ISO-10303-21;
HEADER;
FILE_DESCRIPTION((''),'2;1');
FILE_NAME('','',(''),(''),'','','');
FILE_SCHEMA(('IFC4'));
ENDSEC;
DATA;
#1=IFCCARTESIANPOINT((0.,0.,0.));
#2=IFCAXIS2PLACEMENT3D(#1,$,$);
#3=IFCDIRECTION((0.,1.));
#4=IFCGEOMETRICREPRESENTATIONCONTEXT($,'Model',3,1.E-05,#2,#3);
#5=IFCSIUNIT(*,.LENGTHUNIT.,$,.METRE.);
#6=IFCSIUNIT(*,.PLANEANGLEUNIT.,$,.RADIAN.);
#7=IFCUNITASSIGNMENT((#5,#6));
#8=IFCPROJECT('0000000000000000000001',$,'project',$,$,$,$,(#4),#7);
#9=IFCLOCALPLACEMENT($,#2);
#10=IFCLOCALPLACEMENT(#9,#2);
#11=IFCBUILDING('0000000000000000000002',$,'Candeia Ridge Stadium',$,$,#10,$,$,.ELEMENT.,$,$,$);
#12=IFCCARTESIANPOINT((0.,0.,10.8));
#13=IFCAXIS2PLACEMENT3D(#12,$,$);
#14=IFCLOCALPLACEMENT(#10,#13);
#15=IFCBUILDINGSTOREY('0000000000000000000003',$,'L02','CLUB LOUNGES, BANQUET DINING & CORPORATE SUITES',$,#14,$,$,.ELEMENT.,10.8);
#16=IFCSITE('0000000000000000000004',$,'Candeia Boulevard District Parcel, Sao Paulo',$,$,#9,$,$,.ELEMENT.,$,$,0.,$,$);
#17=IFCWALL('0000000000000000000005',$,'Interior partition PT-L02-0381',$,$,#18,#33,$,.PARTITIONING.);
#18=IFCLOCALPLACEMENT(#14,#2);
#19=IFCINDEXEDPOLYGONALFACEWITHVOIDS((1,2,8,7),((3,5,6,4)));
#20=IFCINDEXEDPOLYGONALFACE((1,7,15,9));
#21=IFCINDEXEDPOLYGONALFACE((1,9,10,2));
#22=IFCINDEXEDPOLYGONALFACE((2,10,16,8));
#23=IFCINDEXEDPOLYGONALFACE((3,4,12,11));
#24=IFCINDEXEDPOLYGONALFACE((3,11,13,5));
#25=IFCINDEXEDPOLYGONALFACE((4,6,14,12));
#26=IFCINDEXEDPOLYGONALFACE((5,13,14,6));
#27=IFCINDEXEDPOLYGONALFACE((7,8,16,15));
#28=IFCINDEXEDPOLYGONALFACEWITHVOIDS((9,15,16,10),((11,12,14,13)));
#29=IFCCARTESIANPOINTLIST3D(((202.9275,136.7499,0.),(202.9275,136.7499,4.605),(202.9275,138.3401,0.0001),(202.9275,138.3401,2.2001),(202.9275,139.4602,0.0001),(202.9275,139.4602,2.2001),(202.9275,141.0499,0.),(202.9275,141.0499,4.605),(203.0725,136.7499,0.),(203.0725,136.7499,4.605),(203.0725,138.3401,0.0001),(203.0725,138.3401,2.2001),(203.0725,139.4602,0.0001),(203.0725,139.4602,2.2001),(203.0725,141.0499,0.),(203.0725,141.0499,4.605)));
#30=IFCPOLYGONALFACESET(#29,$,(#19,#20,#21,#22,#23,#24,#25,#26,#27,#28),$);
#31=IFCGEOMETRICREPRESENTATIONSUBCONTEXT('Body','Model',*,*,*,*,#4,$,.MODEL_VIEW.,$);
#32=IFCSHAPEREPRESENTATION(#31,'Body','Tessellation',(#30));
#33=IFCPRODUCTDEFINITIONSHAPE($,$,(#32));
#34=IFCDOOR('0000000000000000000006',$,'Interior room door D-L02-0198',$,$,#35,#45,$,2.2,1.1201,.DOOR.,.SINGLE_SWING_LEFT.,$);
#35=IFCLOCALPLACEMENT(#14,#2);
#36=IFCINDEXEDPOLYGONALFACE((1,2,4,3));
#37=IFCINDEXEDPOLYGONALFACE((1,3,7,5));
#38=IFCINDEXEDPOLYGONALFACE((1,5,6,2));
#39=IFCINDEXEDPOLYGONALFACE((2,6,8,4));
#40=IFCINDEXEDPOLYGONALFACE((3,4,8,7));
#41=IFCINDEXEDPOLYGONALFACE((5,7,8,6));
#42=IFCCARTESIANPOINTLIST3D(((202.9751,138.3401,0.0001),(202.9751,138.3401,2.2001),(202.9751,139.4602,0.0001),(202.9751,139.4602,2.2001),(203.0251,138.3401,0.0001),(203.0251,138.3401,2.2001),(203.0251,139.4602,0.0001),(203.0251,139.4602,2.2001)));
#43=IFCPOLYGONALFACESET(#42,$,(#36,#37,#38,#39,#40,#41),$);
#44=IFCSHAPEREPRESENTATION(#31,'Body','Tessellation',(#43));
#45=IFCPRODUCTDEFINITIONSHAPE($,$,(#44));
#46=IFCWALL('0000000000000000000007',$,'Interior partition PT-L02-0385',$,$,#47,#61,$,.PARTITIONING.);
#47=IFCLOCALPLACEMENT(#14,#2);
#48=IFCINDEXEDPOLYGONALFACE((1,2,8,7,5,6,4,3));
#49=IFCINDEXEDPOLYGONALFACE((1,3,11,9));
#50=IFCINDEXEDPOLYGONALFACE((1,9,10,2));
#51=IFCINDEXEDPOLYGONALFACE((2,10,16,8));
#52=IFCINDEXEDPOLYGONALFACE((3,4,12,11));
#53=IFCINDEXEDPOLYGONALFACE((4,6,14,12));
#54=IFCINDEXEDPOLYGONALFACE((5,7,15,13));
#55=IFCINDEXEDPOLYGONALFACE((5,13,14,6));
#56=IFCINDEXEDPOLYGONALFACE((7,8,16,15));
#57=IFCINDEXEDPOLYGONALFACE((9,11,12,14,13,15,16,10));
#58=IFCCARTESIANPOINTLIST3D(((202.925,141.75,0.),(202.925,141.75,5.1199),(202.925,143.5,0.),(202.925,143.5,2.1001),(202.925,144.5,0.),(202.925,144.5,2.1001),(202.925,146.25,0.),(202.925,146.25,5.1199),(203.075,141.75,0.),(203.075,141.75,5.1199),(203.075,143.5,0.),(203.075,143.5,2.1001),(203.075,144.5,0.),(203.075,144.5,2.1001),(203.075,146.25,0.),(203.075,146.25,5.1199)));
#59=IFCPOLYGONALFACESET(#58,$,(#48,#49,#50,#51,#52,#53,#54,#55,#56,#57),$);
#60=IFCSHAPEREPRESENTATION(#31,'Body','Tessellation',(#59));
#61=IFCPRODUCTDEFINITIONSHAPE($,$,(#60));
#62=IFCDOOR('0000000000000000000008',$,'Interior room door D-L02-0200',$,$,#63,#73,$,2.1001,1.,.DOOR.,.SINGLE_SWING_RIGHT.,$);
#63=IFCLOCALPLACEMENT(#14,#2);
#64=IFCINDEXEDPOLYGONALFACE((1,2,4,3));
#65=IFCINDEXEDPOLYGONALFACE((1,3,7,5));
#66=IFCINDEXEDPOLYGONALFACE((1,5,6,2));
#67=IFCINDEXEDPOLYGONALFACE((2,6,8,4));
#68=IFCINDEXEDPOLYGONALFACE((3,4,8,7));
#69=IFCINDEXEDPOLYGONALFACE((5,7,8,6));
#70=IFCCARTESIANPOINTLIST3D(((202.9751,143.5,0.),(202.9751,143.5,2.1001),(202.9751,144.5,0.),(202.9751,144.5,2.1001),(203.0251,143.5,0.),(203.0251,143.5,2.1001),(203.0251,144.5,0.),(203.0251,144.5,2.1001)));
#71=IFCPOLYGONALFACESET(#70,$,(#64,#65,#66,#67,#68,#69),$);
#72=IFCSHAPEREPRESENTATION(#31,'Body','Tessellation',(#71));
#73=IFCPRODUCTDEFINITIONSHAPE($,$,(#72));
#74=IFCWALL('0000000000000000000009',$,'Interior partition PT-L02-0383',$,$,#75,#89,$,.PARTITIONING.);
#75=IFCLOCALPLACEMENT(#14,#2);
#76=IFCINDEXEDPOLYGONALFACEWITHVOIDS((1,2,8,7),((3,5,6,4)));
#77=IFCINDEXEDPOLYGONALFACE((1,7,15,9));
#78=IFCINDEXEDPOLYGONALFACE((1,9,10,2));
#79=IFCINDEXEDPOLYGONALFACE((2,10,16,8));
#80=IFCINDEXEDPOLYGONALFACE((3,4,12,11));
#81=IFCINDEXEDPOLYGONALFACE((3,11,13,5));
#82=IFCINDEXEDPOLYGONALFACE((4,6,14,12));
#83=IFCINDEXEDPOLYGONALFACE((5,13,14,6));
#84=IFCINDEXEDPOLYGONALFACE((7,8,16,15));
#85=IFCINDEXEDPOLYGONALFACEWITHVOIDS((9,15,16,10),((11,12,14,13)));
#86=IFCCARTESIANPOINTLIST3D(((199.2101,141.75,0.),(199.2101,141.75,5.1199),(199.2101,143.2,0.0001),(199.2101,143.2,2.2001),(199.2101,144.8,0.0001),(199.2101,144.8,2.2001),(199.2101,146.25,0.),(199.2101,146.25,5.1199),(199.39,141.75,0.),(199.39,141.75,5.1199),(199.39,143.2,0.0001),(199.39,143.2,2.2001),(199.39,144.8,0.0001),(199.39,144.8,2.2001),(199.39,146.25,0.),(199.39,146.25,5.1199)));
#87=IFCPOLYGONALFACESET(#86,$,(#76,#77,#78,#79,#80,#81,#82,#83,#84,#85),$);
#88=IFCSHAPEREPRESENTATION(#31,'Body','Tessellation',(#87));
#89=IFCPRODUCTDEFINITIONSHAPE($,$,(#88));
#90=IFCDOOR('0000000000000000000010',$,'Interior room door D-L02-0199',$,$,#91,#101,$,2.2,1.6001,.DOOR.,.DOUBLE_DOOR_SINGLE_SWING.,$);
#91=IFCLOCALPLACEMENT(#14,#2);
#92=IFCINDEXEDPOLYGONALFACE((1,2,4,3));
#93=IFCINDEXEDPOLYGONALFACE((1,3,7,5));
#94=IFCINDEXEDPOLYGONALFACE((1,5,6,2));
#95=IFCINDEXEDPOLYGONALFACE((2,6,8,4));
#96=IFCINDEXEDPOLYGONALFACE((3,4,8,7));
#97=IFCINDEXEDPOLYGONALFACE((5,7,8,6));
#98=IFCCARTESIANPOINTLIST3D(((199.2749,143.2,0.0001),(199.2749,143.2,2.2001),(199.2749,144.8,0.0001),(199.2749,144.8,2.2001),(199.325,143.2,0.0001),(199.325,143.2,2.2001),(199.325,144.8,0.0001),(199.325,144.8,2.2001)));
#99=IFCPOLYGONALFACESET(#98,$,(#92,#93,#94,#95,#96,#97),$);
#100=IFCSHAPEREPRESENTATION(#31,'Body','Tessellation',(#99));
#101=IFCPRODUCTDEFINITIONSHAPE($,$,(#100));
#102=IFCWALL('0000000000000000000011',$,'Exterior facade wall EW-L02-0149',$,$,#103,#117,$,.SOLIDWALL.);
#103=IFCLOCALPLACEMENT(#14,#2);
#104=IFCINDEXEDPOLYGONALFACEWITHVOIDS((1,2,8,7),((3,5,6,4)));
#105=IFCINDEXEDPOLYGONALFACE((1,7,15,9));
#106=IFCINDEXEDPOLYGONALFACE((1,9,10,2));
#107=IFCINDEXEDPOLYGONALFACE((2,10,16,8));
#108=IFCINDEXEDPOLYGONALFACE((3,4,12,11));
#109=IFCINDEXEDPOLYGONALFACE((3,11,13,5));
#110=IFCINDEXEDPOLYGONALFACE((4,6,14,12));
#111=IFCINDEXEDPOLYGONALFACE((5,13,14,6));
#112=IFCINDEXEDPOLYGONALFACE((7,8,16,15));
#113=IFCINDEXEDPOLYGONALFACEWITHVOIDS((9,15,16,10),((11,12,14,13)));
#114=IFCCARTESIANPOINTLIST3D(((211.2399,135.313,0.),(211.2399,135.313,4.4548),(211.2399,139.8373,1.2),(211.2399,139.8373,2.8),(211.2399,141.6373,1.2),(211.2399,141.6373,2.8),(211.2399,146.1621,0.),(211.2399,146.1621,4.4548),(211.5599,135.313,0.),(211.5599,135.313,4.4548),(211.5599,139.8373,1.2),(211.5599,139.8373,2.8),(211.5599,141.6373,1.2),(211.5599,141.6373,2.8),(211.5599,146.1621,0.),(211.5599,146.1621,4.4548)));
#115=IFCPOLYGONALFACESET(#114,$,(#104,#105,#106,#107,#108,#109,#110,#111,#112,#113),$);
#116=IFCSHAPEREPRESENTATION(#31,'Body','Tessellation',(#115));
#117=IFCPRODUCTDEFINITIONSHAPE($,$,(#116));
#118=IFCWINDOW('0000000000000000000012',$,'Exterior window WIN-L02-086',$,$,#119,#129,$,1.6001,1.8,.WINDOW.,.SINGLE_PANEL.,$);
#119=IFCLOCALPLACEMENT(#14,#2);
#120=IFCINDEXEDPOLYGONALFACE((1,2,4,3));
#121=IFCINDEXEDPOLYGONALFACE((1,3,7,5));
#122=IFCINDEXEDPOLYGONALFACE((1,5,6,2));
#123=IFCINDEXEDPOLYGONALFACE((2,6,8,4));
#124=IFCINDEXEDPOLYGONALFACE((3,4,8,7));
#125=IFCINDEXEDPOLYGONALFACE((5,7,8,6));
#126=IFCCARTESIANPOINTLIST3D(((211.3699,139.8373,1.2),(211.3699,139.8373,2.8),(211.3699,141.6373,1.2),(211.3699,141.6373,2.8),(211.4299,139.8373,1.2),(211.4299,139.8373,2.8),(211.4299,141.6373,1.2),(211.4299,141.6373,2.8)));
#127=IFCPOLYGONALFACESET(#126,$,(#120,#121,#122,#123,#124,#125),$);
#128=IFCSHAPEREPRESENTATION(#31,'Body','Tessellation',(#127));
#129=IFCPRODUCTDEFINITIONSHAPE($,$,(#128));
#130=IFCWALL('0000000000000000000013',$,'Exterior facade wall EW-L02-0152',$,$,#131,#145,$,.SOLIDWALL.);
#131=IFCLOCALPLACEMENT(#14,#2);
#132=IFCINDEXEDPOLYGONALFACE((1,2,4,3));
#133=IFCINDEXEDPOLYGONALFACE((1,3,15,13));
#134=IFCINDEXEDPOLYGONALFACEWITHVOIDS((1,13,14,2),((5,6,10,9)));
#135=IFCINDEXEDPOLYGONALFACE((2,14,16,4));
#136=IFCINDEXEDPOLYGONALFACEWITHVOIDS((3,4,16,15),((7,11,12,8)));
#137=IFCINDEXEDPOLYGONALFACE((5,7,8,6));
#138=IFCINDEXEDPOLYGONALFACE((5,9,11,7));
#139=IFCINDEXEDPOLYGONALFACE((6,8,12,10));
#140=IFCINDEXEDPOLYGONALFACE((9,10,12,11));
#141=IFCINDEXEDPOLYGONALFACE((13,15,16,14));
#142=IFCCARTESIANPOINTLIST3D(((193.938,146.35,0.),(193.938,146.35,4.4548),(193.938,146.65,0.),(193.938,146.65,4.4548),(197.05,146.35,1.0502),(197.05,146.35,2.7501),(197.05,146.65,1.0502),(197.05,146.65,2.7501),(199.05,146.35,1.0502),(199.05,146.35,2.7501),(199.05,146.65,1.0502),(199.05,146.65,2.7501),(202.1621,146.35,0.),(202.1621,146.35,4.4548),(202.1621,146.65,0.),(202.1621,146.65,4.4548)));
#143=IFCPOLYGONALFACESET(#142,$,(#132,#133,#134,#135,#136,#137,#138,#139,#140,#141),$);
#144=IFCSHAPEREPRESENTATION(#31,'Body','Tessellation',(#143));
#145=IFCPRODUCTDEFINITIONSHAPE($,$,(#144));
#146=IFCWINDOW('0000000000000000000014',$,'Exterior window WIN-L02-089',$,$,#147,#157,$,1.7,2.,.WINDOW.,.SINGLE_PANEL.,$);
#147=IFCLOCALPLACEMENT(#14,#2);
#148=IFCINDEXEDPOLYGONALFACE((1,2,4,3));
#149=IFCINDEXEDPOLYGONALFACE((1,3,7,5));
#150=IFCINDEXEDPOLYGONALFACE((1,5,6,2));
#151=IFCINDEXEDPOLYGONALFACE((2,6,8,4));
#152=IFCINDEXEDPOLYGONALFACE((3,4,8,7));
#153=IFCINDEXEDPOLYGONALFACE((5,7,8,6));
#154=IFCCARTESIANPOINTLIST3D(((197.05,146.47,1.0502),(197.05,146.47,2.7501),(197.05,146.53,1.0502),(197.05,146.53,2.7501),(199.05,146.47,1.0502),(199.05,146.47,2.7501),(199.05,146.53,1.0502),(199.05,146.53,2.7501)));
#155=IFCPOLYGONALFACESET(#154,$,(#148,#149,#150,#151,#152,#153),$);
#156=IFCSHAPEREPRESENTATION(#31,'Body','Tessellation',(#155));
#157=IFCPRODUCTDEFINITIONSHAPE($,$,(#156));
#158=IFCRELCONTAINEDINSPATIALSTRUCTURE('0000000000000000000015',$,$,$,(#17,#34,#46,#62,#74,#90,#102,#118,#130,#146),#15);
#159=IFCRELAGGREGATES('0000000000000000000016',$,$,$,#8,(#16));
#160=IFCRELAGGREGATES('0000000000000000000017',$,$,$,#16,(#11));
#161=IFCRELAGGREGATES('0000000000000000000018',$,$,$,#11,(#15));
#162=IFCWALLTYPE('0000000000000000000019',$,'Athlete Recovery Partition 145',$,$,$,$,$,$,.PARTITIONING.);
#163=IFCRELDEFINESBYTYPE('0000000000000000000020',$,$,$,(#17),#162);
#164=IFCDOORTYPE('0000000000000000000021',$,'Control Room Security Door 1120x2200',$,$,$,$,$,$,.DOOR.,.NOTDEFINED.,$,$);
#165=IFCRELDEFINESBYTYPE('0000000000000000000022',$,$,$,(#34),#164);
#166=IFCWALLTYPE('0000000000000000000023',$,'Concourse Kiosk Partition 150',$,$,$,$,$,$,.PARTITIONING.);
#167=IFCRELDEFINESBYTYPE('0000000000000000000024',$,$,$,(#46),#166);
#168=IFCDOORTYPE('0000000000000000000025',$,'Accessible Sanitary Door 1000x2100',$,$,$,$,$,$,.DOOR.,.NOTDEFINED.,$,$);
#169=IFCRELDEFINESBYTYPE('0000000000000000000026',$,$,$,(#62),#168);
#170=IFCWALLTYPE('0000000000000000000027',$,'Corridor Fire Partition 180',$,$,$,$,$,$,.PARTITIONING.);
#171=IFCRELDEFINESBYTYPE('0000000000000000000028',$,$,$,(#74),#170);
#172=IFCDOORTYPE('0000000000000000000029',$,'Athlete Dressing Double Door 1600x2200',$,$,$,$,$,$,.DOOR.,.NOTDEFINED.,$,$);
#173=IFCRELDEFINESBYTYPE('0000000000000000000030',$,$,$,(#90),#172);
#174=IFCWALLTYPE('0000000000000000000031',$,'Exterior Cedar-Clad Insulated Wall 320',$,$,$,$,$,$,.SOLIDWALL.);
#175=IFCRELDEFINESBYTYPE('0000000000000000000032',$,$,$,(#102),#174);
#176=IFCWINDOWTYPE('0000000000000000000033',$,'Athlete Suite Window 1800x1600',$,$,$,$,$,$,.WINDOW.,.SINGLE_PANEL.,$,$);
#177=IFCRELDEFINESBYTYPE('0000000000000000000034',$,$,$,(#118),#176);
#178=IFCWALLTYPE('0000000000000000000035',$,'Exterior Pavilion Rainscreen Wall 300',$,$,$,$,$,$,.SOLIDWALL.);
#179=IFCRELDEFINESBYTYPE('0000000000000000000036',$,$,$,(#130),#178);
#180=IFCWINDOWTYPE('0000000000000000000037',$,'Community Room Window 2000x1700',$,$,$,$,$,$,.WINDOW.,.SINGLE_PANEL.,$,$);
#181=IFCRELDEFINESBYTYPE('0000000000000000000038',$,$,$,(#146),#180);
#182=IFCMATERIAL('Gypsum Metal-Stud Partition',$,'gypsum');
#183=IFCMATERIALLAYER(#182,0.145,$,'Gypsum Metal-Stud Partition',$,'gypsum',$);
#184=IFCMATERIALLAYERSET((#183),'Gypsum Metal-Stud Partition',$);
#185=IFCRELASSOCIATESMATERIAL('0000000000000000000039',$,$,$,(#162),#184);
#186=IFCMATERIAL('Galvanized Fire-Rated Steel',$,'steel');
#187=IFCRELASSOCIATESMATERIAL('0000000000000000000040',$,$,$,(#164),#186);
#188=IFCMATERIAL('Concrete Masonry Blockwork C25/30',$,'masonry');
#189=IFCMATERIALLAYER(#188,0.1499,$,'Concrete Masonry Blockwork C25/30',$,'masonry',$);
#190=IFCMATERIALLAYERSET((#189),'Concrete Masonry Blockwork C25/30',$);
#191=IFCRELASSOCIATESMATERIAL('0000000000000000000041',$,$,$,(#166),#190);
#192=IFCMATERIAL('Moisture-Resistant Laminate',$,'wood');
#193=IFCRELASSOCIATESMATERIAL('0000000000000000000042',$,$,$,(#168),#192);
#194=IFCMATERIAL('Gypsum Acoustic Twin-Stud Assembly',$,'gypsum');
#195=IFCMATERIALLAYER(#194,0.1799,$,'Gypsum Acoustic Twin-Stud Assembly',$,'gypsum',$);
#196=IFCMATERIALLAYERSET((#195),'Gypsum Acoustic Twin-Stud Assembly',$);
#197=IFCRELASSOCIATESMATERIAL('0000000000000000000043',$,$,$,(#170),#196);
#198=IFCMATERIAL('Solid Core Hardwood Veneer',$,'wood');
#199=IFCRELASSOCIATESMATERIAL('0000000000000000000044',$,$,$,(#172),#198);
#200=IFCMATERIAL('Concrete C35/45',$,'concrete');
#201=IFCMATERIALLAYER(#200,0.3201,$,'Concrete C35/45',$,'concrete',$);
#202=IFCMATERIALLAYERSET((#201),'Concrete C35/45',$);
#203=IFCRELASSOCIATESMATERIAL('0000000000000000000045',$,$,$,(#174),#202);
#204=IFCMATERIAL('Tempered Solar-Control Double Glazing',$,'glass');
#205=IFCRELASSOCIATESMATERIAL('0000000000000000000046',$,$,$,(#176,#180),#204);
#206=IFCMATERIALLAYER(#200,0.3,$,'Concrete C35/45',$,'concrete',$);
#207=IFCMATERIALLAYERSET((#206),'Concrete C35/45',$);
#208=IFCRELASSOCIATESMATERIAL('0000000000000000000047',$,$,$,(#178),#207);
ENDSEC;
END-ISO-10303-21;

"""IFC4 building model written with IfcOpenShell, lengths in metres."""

from ifc_helpers import new_model, si_unit, direction, frame, frame_2d, origin, place, context, subcontext, project, spatial, rectangle, extrude, material, layer, layer_set, type_object, element, fill, save


model = new_model("IFC4")

# Units and contexts
model_context = context("Model", 3, precision=1e-05, world=origin(), true_north=direction((0.0, 1.0)))
body_context = subcontext(model_context, "Body", "Model", "MODEL_VIEW")
ifc_project = project(units=[si_unit("LENGTHUNIT", "METRE"), si_unit("PLANEANGLEUNIT", "RADIAN")], contexts=[model_context])

# Site, building, storey
site_placement = place(None, origin())
site = spatial("IfcSite", under=ifc_project, at=site_placement, Name="Candeia Boulevard District Parcel, Sao Paulo", CompositionType="ELEMENT", RefElevation=0.0)
building_placement = place(site_placement, origin())
building = spatial("IfcBuilding", under=site, at=building_placement, Name="Candeia Ridge Stadium", CompositionType="ELEMENT")
storey_placement = place(building_placement, frame((0.0, 0.0, 10.8)))
storey = spatial("IfcBuildingStorey", under=building, at=storey_placement, Name="L02", Description="CLUB LOUNGES, BANQUET DINING & CORPORATE SUITES", CompositionType="ELEMENT", Elevation=10.8)

# Walls, openings, doors
ifc_material_1 = material(Name="Gypsum Metal-Stud Partition", Category="gypsum")
ifc_layer_1 = layer(ifc_material_1, 0.145, Name="Gypsum Metal-Stud Partition", Category="gypsum")
ifc_layer_set_1 = layer_set([ifc_layer_1], Name="Gypsum Metal-Stud Partition")
wall_type_1 = type_object("IfcWallType", Name="Athlete Recovery Partition 145", PredefinedType="PARTITIONING", material=ifc_layer_set_1)
wall_1_placement = place(storey_placement, frame((203.0, 136.75, 0.0), z_axis=(0.0, 0.0, 1.0), x_axis=(0.0, 1.0, 0.0)))
wall_1 = element("IfcWall", 1, at=wall_1_placement, inside=storey, type_object=wall_type_1, Name="Interior partition PT-L02-0381", PredefinedType="PARTITIONING", context=body_context, shape_type="SweptSolid", body=[
    extrude(rectangle(XDim=4.3, YDim=0.145, at=frame_2d((2.1499, 0.0))), origin(), (0.0, 0.0, 1.0), 4.605),
])
opening_1_placement = place(wall_1_placement, frame((1.5901, 0.0, 0.0)))
opening_1 = element("IfcOpeningElement", 2, at=opening_1_placement, cuts=wall_1, PredefinedType="OPENING", context=body_context, shape_type="SweptSolid", body=[
    extrude(rectangle(XDim=1.1201, YDim=2.2, at=frame_2d((0.5601, 1.1001))), frame((0.0, 0.0825, 0.0), z_axis=(0.0, -1.0, 0.0), x_axis=(1.0, 0.0, 0.0)), (0.0, 0.0, 1.0), 0.165),
])
ifc_material_2 = material(Name="Galvanized Fire-Rated Steel", Category="steel")
door_type_1 = type_object("IfcDoorType", Name="Control Room Security Door 1120x2200", OperationType="NOTDEFINED", PredefinedType="DOOR", material=ifc_material_2)
door_1_placement = place(opening_1_placement, origin())
door_1 = element("IfcDoor", 3, at=door_1_placement, inside=storey, type_object=door_type_1, Name="Interior room door D-L02-0198", OperationType="SINGLE_SWING_LEFT", OverallHeight=2.2, OverallWidth=1.1201, PredefinedType="DOOR", context=body_context, shape_type="SweptSolid", body=[
    extrude(rectangle(XDim=1.1201, YDim=2.2, at=frame_2d((0.5601, 1.1001))), frame((0.0, 0.0249, 0.0), z_axis=(0.0, -1.0, 0.0), x_axis=(1.0, 0.0, 0.0)), (0.0, 0.0, 1.0), 0.05),
])
fill(opening_1, door_1)
ifc_material_3 = material(Name="Concrete Masonry Blockwork C25/30", Category="masonry")
ifc_layer_2 = layer(ifc_material_3, 0.1499, Name="Concrete Masonry Blockwork C25/30", Category="masonry")
ifc_layer_set_2 = layer_set([ifc_layer_2], Name="Concrete Masonry Blockwork C25/30")
wall_type_2 = type_object("IfcWallType", Name="Concourse Kiosk Partition 150", PredefinedType="PARTITIONING", material=ifc_layer_set_2)
wall_2_placement = place(storey_placement, frame((203.0, 141.75, 0.0), z_axis=(0.0, 0.0, 1.0), x_axis=(0.0, 1.0, 0.0)))
wall_2 = element("IfcWall", 4, at=wall_2_placement, inside=storey, type_object=wall_type_2, Name="Interior partition PT-L02-0385", PredefinedType="PARTITIONING", context=body_context, shape_type="SweptSolid", body=[
    extrude(rectangle(XDim=4.5, YDim=0.1499, at=frame_2d((2.25, 0.0))), origin(), (0.0, 0.0, 1.0), 5.1199),
])
opening_2_placement = place(wall_2_placement, frame((1.75, 0.0, 0.0)))
opening_2 = element("IfcOpeningElement", 5, at=opening_2_placement, cuts=wall_2, PredefinedType="OPENING", context=body_context, shape_type="SweptSolid", body=[
    extrude(rectangle(XDim=1.0, YDim=2.1001, at=frame_2d((0.5, 1.05))), frame((0.0, 0.085, 0.0), z_axis=(0.0, -1.0, 0.0), x_axis=(1.0, 0.0, 0.0)), (0.0, 0.0, 1.0), 0.1699),
])
ifc_material_4 = material(Name="Moisture-Resistant Laminate", Category="wood")
door_type_2 = type_object("IfcDoorType", Name="Accessible Sanitary Door 1000x2100", OperationType="NOTDEFINED", PredefinedType="DOOR", material=ifc_material_4)
door_2_placement = place(opening_2_placement, origin())
door_2 = element("IfcDoor", 6, at=door_2_placement, inside=storey, type_object=door_type_2, Name="Interior room door D-L02-0200", OperationType="SINGLE_SWING_RIGHT", OverallHeight=2.1001, OverallWidth=1.0, PredefinedType="DOOR", context=body_context, shape_type="SweptSolid", body=[
    extrude(rectangle(XDim=1.0, YDim=2.1001, at=frame_2d((0.5, 1.05))), frame((0.0, 0.0249, 0.0), z_axis=(0.0, -1.0, 0.0), x_axis=(1.0, 0.0, 0.0)), (0.0, 0.0, 1.0), 0.05),
])
fill(opening_2, door_2)
ifc_material_5 = material(Name="Gypsum Acoustic Twin-Stud Assembly", Category="gypsum")
ifc_layer_3 = layer(ifc_material_5, 0.1799, Name="Gypsum Acoustic Twin-Stud Assembly", Category="gypsum")
ifc_layer_set_3 = layer_set([ifc_layer_3], Name="Gypsum Acoustic Twin-Stud Assembly")
wall_type_3 = type_object("IfcWallType", Name="Corridor Fire Partition 180", PredefinedType="PARTITIONING", material=ifc_layer_set_3)
wall_3_placement = place(storey_placement, frame((199.3, 146.25, 0.0), z_axis=(0.0, 0.0, 1.0), x_axis=(0.0, -1.0, 0.0)))
wall_3 = element("IfcWall", 7, at=wall_3_placement, inside=storey, type_object=wall_type_3, Name="Interior partition PT-L02-0383", PredefinedType="PARTITIONING", context=body_context, shape_type="SweptSolid", body=[
    extrude(rectangle(XDim=4.5, YDim=0.1799, at=frame_2d((2.25, 0.0))), origin(), (0.0, 0.0, 1.0), 5.1199),
])
opening_3_placement = place(wall_3_placement, frame((1.45, 0.0, 0.0)))
opening_3 = element("IfcOpeningElement", 8, at=opening_3_placement, cuts=wall_3, PredefinedType="OPENING", context=body_context, shape_type="SweptSolid", body=[
    extrude(rectangle(XDim=1.6001, YDim=2.2, at=frame_2d((0.8, 1.1001))), frame((0.0, 0.0999, 0.0), z_axis=(0.0, -1.0, 0.0), x_axis=(1.0, 0.0, 0.0)), (0.0, 0.0, 1.0), 0.2),
])
ifc_material_6 = material(Name="Solid Core Hardwood Veneer", Category="wood")
door_type_3 = type_object("IfcDoorType", Name="Athlete Dressing Double Door 1600x2200", OperationType="NOTDEFINED", PredefinedType="DOOR", material=ifc_material_6)
door_3_placement = place(opening_3_placement, origin())
door_3 = element("IfcDoor", 9, at=door_3_placement, inside=storey, type_object=door_type_3, Name="Interior room door D-L02-0199", OperationType="DOUBLE_DOOR_SINGLE_SWING", OverallHeight=2.2, OverallWidth=1.6001, PredefinedType="DOOR", context=body_context, shape_type="SweptSolid", body=[
    extrude(rectangle(XDim=1.6001, YDim=2.2, at=frame_2d((0.8, 1.1001))), frame((0.0, 0.0249, 0.0), z_axis=(0.0, -1.0, 0.0), x_axis=(1.0, 0.0, 0.0)), (0.0, 0.0, 1.0), 0.05),
])
fill(opening_3, door_3)

# Walls, openings, windows
ifc_material_7 = material(Name="Concrete C35/45", Category="concrete")
ifc_layer_4 = layer(ifc_material_7, 0.3201, Name="Concrete C35/45", Category="concrete")
ifc_layer_set_4 = layer_set([ifc_layer_4], Name="Concrete C35/45")
wall_type_4 = type_object("IfcWallType", Name="Exterior Cedar-Clad Insulated Wall 320", PredefinedType="SOLIDWALL", material=ifc_layer_set_4)
wall_4_placement = place(storey_placement, frame((211.3999, 135.313, 0.0), z_axis=(0.0, 0.0, 1.0), x_axis=(0.0, 1.0, 0.0)))
wall_4 = element("IfcWall", 10, at=wall_4_placement, inside=storey, type_object=wall_type_4, Name="Exterior facade wall EW-L02-0149", PredefinedType="SOLIDWALL", context=body_context, shape_type="SweptSolid", body=[
    extrude(rectangle(XDim=10.8491, YDim=0.3201, at=frame_2d((5.4246, 0.0))), origin(), (0.0, 0.0, 1.0), 4.4548),
])
opening_4_placement = place(wall_4_placement, frame((4.5244, 0.0, 1.2)))
opening_4 = element("IfcOpeningElement", 11, at=opening_4_placement, cuts=wall_4, PredefinedType="OPENING", context=body_context, shape_type="SweptSolid", body=[
    extrude(rectangle(XDim=1.8, YDim=1.6001, at=frame_2d((0.8999, 0.8))), frame((0.0, 0.1699, 0.0), z_axis=(0.0, -1.0, 0.0), x_axis=(1.0, 0.0, 0.0)), (0.0, 0.0, 1.0), 0.3401),
])
ifc_material_8 = material(Name="Tempered Solar-Control Double Glazing", Category="glass")
window_type_1 = type_object("IfcWindowType", Name="Athlete Suite Window 1800x1600", PartitioningType="SINGLE_PANEL", PredefinedType="WINDOW", material=ifc_material_8)
window_1_placement = place(opening_4_placement, origin())
window_1 = element("IfcWindow", 12, at=window_1_placement, inside=storey, type_object=window_type_1, Name="Exterior window WIN-L02-086", OverallHeight=1.6001, OverallWidth=1.8, PartitioningType="SINGLE_PANEL", PredefinedType="WINDOW", context=body_context, shape_type="SweptSolid", body=[
    extrude(rectangle(XDim=1.8, YDim=1.6001, at=frame_2d((0.8999, 0.8))), frame((0.0, 0.03, 0.0), z_axis=(0.0, -1.0, 0.0), x_axis=(1.0, 0.0, 0.0)), (0.0, 0.0, 1.0), 0.0601),
])
fill(opening_4, window_1)
ifc_layer_5 = layer(ifc_material_7, 0.3, Name="Concrete C35/45", Category="concrete")
ifc_layer_set_5 = layer_set([ifc_layer_5], Name="Concrete C35/45")
wall_type_5 = type_object("IfcWallType", Name="Exterior Pavilion Rainscreen Wall 300", PredefinedType="SOLIDWALL", material=ifc_layer_set_5)
wall_5_placement = place(storey_placement, frame((193.938, 146.5, 0.0), z_axis=(0.0, 0.0, 1.0), x_axis=(1.0, 0.0, 0.0)))
wall_5 = element("IfcWall", 13, at=wall_5_placement, inside=storey, type_object=wall_type_5, Name="Exterior facade wall EW-L02-0152", PredefinedType="SOLIDWALL", context=body_context, shape_type="SweptSolid", body=[
    extrude(rectangle(XDim=8.2241, YDim=0.3, at=frame_2d((4.1121, 0.0))), origin(), (0.0, 0.0, 1.0), 4.4548),
])
opening_5_placement = place(wall_5_placement, frame((3.1121, 0.0, 1.05)))
opening_5 = element("IfcOpeningElement", 14, at=opening_5_placement, cuts=wall_5, PredefinedType="OPENING", context=body_context, shape_type="SweptSolid", body=[
    extrude(rectangle(XDim=2.0, YDim=1.7, at=frame_2d((1.0, 0.8501))), frame((0.0, 0.1599, 0.0), z_axis=(0.0, -1.0, 0.0), x_axis=(1.0, 0.0, 0.0)), (0.0, 0.0, 1.0), 0.3201),
])
window_type_2 = type_object("IfcWindowType", Name="Community Room Window 2000x1700", PartitioningType="SINGLE_PANEL", PredefinedType="WINDOW", material=ifc_material_8)
window_2_placement = place(opening_5_placement, origin())
window_2 = element("IfcWindow", 15, at=window_2_placement, inside=storey, type_object=window_type_2, Name="Exterior window WIN-L02-089", OverallHeight=1.7, OverallWidth=2.0, PartitioningType="SINGLE_PANEL", PredefinedType="WINDOW", context=body_context, shape_type="SweptSolid", body=[
    extrude(rectangle(XDim=2.0, YDim=1.7, at=frame_2d((1.0, 0.8501))), frame((0.0, 0.03, 0.0), z_axis=(0.0, -1.0, 0.0), x_axis=(1.0, 0.0, 0.0)), (0.0, 0.0, 1.0), 0.0601),
])
fill(opening_5, window_2)

save(model, "model.ifc")
